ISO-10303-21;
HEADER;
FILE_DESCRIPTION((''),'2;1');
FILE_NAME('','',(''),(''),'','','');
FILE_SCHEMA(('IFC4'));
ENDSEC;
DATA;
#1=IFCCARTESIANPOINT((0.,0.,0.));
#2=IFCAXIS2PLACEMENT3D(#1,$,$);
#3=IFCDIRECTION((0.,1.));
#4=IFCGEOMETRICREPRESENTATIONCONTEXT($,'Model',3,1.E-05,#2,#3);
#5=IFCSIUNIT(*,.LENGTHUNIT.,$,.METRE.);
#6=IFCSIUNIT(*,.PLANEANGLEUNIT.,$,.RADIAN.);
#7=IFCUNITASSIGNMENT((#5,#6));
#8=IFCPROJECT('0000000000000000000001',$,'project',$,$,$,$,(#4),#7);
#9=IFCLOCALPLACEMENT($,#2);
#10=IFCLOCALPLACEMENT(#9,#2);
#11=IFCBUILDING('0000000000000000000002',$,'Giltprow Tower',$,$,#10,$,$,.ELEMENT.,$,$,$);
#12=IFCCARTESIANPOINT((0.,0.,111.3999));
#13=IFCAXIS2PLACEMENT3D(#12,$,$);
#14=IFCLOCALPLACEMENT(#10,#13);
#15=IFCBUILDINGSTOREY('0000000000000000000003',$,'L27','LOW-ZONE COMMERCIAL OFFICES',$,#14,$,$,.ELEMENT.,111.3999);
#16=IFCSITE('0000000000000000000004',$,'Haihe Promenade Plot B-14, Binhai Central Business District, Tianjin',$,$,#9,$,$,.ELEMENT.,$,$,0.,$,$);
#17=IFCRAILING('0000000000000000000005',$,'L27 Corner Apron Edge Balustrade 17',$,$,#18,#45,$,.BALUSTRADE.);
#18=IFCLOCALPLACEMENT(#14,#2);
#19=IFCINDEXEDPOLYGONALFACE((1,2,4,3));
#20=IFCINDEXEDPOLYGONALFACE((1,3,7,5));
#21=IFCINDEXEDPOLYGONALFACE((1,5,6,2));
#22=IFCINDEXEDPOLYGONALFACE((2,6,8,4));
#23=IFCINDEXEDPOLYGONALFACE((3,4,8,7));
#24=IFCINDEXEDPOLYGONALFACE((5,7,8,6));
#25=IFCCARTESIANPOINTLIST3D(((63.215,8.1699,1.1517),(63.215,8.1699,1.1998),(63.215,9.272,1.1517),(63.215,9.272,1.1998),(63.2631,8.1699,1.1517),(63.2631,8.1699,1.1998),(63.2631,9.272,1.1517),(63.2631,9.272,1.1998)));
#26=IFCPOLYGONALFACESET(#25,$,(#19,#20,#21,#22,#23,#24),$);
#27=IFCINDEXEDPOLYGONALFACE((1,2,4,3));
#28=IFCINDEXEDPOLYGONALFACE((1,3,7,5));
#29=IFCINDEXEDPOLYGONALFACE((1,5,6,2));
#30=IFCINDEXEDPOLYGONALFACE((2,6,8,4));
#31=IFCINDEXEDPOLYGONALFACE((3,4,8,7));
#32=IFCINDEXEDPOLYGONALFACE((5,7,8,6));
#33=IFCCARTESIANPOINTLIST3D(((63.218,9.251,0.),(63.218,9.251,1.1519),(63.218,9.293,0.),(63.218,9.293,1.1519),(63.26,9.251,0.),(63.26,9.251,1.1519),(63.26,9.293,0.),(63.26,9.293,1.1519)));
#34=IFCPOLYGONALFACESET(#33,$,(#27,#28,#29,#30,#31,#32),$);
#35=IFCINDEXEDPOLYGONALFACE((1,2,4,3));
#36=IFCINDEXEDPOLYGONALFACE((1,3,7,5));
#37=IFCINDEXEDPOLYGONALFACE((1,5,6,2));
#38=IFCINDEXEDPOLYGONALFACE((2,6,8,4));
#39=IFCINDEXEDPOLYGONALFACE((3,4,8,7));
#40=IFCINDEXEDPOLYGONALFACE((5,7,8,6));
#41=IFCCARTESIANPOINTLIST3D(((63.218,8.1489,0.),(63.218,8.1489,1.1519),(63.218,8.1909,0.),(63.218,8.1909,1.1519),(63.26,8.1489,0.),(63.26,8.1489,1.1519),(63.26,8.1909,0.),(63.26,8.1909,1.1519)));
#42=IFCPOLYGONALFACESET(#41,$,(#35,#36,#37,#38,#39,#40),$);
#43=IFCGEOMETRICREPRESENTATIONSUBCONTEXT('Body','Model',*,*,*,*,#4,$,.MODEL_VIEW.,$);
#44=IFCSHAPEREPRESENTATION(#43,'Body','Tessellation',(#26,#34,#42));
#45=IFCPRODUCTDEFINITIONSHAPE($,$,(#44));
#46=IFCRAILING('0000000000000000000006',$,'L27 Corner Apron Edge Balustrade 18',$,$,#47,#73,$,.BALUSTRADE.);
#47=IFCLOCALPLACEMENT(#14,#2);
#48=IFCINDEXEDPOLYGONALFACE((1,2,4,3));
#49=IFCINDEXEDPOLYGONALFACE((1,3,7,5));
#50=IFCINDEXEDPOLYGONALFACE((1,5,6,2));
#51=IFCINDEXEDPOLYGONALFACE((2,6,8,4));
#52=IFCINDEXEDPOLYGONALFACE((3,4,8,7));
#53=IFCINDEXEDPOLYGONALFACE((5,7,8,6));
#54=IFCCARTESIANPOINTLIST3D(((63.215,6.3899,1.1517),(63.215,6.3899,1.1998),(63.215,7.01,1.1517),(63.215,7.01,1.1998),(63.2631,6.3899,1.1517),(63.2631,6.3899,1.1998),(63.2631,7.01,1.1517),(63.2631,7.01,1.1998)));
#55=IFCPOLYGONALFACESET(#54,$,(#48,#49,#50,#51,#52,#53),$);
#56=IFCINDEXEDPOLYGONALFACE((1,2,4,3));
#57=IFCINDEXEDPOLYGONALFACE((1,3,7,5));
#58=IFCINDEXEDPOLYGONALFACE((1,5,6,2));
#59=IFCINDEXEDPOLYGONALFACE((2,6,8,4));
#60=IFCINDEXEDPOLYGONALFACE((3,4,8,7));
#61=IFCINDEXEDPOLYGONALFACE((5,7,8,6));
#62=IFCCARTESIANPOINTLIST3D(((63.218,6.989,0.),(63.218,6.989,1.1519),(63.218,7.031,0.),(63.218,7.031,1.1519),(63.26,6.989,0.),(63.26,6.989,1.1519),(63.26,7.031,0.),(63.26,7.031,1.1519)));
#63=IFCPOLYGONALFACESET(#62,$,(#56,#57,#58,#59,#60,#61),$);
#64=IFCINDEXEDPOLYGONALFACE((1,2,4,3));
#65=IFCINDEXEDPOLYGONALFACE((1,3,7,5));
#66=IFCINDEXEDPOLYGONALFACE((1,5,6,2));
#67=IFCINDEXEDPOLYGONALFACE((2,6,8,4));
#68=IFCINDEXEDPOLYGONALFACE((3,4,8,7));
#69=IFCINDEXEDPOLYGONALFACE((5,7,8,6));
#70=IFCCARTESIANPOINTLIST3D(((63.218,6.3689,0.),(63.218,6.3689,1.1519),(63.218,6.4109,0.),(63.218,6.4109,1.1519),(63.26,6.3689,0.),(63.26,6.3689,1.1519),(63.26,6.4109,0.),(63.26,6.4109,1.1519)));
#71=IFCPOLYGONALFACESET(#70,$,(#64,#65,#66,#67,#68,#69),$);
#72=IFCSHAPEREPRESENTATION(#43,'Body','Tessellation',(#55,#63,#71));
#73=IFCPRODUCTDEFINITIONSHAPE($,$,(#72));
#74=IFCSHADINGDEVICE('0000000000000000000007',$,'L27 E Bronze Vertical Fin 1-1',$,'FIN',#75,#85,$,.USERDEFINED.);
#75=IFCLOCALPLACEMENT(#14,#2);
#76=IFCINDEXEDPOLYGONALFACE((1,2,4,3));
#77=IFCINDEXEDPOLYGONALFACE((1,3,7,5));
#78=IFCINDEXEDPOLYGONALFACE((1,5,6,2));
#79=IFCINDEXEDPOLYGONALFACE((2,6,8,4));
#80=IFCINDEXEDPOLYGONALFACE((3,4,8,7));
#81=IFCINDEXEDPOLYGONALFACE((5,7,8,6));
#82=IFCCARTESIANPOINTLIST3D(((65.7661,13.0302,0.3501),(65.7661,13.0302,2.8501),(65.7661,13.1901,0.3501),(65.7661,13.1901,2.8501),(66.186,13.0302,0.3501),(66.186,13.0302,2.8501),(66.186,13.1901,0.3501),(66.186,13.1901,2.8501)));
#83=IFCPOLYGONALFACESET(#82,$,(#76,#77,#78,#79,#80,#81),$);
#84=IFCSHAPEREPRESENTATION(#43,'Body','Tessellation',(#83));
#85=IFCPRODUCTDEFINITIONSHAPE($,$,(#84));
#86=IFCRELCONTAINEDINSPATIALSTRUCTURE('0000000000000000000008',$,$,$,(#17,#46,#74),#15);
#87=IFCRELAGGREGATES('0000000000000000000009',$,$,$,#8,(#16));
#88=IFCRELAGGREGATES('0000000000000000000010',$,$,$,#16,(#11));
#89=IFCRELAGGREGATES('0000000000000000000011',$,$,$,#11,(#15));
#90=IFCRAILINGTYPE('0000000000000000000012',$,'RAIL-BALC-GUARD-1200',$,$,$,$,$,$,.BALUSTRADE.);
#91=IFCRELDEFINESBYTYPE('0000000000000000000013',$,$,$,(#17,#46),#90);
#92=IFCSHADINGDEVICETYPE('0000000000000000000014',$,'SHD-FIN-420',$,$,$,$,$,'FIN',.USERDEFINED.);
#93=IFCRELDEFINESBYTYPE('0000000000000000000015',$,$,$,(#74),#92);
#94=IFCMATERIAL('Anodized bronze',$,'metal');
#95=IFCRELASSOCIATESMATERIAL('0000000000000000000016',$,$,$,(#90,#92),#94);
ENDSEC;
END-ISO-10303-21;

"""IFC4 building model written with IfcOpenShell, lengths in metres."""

from ifc_helpers import new_model, si_unit, direction, frame, origin, origin_2d, place, context, subcontext, project, spatial, rectangle, extrude, source, transform, mapped, material, type_object, element, save


model = new_model("IFC4")

# Units and contexts
model_context = context("Model", 3, precision=1e-05, world=origin(), true_north=direction((0.0, 1.0)))
body_context = subcontext(model_context, "Body", "Model", "MODEL_VIEW")
ifc_project = project(units=[si_unit("LENGTHUNIT", "METRE"), si_unit("PLANEANGLEUNIT", "RADIAN")], contexts=[model_context])

# Site, building, storey
site_placement = place(None, origin())
site = spatial("IfcSite", under=ifc_project, at=site_placement, Name="Haihe Promenade Plot B-14, Binhai Central Business District, Tianjin", CompositionType="ELEMENT", RefElevation=0.0)
building_placement = place(site_placement, origin())
building = spatial("IfcBuilding", under=site, at=building_placement, Name="Giltprow Tower", CompositionType="ELEMENT")
storey_placement = place(building_placement, frame((0.0, 0.0, 111.3999)))
storey = spatial("IfcBuildingStorey", under=building, at=storey_placement, Name="L27", Description="LOW-ZONE COMMERCIAL OFFICES", CompositionType="ELEMENT", Elevation=111.3999)

# Shared definitions
ifc_material_1 = material(Name="Anodized bronze", Category="metal")

# Railings
railing_type = type_object("IfcRailingType", Name="RAIL-BALC-GUARD-1200", PredefinedType="BALUSTRADE", material=ifc_material_1)
railing_1_placement = place(storey_placement, frame((63.239, 9.272, 0.0)))
element("IfcRailing", 1, at=railing_1_placement, inside=storey, type_object=railing_type, Name="L27 Corner Apron Edge Balustrade 17", PredefinedType="BALUSTRADE", context=body_context, shape_type="SweptSolid", body=[
    extrude(rectangle(XDim=0.0481, YDim=0.0481, at=origin_2d()), frame((0.0, 0.0, 1.1758), z_axis=(0.0, -1.0, 0.0), x_axis=(1.0, 0.0, 0.0)), (0.0, 0.0, 1.0), 1.1021),
    extrude(rectangle(XDim=0.042, YDim=0.042, at=origin_2d()), origin(), (0.0, 0.0, 1.0), 1.1519),
    extrude(rectangle(XDim=0.042, YDim=0.042, at=origin_2d()), frame((0.0, -1.1021, 0.0)), (0.0, 0.0, 1.0), 1.1519),
])
railing_2_placement = place(storey_placement, frame((63.239, 7.01, 0.0)))
element("IfcRailing", 2, at=railing_2_placement, inside=storey, type_object=railing_type, Name="L27 Corner Apron Edge Balustrade 18", PredefinedType="BALUSTRADE", context=body_context, shape_type="SweptSolid", body=[
    extrude(rectangle(XDim=0.0481, YDim=0.0481, at=origin_2d()), frame((0.0, 0.0, 1.1758), z_axis=(0.0, -1.0, 0.0), x_axis=(1.0, 0.0, 0.0)), (0.0, 0.0, 1.0), 0.6201),
    extrude(rectangle(XDim=0.042, YDim=0.042, at=origin_2d()), origin(), (0.0, 0.0, 1.0), 1.1519),
    extrude(rectangle(XDim=0.042, YDim=0.042, at=origin_2d()), frame((0.0, -0.6201, 0.0)), (0.0, 0.0, 1.0), 1.1519),
])

# Shading device
shading_device_type = type_object("IfcShadingDeviceType", Name="SHD-FIN-420", ElementType="FIN", PredefinedType="USERDEFINED", material=ifc_material_1)
shared_shape_1 = source(origin(), body_context, "Body", "SweptSolid", [
    extrude(rectangle(XDim=0.4199, YDim=0.1599, at=origin_2d()), origin(), (0.0, 0.0, 1.0), 2.5),
])
shading_device_placement = place(storey_placement, frame((65.9761, 13.1101, 0.3501), z_axis=(0.0, 0.0, 1.0), x_axis=(1.0, 0.0, 0.0)))
element("IfcShadingDevice", 3, at=shading_device_placement, inside=storey, type_object=shading_device_type, Name="L27 E Bronze Vertical Fin 1-1", ObjectType="FIN", PredefinedType="USERDEFINED", context=body_context, shape_type="MappedRepresentation", body=[
    mapped(shared_shape_1, transform((0.0, 0.0, 0.0), x_axis=(1.0, 0.0, 0.0), y_axis=(0.0, 1.0, 0.0), z_axis=(0.0, 0.0, 1.0), scale=1.0)),
])

save(model, "model.ifc")
